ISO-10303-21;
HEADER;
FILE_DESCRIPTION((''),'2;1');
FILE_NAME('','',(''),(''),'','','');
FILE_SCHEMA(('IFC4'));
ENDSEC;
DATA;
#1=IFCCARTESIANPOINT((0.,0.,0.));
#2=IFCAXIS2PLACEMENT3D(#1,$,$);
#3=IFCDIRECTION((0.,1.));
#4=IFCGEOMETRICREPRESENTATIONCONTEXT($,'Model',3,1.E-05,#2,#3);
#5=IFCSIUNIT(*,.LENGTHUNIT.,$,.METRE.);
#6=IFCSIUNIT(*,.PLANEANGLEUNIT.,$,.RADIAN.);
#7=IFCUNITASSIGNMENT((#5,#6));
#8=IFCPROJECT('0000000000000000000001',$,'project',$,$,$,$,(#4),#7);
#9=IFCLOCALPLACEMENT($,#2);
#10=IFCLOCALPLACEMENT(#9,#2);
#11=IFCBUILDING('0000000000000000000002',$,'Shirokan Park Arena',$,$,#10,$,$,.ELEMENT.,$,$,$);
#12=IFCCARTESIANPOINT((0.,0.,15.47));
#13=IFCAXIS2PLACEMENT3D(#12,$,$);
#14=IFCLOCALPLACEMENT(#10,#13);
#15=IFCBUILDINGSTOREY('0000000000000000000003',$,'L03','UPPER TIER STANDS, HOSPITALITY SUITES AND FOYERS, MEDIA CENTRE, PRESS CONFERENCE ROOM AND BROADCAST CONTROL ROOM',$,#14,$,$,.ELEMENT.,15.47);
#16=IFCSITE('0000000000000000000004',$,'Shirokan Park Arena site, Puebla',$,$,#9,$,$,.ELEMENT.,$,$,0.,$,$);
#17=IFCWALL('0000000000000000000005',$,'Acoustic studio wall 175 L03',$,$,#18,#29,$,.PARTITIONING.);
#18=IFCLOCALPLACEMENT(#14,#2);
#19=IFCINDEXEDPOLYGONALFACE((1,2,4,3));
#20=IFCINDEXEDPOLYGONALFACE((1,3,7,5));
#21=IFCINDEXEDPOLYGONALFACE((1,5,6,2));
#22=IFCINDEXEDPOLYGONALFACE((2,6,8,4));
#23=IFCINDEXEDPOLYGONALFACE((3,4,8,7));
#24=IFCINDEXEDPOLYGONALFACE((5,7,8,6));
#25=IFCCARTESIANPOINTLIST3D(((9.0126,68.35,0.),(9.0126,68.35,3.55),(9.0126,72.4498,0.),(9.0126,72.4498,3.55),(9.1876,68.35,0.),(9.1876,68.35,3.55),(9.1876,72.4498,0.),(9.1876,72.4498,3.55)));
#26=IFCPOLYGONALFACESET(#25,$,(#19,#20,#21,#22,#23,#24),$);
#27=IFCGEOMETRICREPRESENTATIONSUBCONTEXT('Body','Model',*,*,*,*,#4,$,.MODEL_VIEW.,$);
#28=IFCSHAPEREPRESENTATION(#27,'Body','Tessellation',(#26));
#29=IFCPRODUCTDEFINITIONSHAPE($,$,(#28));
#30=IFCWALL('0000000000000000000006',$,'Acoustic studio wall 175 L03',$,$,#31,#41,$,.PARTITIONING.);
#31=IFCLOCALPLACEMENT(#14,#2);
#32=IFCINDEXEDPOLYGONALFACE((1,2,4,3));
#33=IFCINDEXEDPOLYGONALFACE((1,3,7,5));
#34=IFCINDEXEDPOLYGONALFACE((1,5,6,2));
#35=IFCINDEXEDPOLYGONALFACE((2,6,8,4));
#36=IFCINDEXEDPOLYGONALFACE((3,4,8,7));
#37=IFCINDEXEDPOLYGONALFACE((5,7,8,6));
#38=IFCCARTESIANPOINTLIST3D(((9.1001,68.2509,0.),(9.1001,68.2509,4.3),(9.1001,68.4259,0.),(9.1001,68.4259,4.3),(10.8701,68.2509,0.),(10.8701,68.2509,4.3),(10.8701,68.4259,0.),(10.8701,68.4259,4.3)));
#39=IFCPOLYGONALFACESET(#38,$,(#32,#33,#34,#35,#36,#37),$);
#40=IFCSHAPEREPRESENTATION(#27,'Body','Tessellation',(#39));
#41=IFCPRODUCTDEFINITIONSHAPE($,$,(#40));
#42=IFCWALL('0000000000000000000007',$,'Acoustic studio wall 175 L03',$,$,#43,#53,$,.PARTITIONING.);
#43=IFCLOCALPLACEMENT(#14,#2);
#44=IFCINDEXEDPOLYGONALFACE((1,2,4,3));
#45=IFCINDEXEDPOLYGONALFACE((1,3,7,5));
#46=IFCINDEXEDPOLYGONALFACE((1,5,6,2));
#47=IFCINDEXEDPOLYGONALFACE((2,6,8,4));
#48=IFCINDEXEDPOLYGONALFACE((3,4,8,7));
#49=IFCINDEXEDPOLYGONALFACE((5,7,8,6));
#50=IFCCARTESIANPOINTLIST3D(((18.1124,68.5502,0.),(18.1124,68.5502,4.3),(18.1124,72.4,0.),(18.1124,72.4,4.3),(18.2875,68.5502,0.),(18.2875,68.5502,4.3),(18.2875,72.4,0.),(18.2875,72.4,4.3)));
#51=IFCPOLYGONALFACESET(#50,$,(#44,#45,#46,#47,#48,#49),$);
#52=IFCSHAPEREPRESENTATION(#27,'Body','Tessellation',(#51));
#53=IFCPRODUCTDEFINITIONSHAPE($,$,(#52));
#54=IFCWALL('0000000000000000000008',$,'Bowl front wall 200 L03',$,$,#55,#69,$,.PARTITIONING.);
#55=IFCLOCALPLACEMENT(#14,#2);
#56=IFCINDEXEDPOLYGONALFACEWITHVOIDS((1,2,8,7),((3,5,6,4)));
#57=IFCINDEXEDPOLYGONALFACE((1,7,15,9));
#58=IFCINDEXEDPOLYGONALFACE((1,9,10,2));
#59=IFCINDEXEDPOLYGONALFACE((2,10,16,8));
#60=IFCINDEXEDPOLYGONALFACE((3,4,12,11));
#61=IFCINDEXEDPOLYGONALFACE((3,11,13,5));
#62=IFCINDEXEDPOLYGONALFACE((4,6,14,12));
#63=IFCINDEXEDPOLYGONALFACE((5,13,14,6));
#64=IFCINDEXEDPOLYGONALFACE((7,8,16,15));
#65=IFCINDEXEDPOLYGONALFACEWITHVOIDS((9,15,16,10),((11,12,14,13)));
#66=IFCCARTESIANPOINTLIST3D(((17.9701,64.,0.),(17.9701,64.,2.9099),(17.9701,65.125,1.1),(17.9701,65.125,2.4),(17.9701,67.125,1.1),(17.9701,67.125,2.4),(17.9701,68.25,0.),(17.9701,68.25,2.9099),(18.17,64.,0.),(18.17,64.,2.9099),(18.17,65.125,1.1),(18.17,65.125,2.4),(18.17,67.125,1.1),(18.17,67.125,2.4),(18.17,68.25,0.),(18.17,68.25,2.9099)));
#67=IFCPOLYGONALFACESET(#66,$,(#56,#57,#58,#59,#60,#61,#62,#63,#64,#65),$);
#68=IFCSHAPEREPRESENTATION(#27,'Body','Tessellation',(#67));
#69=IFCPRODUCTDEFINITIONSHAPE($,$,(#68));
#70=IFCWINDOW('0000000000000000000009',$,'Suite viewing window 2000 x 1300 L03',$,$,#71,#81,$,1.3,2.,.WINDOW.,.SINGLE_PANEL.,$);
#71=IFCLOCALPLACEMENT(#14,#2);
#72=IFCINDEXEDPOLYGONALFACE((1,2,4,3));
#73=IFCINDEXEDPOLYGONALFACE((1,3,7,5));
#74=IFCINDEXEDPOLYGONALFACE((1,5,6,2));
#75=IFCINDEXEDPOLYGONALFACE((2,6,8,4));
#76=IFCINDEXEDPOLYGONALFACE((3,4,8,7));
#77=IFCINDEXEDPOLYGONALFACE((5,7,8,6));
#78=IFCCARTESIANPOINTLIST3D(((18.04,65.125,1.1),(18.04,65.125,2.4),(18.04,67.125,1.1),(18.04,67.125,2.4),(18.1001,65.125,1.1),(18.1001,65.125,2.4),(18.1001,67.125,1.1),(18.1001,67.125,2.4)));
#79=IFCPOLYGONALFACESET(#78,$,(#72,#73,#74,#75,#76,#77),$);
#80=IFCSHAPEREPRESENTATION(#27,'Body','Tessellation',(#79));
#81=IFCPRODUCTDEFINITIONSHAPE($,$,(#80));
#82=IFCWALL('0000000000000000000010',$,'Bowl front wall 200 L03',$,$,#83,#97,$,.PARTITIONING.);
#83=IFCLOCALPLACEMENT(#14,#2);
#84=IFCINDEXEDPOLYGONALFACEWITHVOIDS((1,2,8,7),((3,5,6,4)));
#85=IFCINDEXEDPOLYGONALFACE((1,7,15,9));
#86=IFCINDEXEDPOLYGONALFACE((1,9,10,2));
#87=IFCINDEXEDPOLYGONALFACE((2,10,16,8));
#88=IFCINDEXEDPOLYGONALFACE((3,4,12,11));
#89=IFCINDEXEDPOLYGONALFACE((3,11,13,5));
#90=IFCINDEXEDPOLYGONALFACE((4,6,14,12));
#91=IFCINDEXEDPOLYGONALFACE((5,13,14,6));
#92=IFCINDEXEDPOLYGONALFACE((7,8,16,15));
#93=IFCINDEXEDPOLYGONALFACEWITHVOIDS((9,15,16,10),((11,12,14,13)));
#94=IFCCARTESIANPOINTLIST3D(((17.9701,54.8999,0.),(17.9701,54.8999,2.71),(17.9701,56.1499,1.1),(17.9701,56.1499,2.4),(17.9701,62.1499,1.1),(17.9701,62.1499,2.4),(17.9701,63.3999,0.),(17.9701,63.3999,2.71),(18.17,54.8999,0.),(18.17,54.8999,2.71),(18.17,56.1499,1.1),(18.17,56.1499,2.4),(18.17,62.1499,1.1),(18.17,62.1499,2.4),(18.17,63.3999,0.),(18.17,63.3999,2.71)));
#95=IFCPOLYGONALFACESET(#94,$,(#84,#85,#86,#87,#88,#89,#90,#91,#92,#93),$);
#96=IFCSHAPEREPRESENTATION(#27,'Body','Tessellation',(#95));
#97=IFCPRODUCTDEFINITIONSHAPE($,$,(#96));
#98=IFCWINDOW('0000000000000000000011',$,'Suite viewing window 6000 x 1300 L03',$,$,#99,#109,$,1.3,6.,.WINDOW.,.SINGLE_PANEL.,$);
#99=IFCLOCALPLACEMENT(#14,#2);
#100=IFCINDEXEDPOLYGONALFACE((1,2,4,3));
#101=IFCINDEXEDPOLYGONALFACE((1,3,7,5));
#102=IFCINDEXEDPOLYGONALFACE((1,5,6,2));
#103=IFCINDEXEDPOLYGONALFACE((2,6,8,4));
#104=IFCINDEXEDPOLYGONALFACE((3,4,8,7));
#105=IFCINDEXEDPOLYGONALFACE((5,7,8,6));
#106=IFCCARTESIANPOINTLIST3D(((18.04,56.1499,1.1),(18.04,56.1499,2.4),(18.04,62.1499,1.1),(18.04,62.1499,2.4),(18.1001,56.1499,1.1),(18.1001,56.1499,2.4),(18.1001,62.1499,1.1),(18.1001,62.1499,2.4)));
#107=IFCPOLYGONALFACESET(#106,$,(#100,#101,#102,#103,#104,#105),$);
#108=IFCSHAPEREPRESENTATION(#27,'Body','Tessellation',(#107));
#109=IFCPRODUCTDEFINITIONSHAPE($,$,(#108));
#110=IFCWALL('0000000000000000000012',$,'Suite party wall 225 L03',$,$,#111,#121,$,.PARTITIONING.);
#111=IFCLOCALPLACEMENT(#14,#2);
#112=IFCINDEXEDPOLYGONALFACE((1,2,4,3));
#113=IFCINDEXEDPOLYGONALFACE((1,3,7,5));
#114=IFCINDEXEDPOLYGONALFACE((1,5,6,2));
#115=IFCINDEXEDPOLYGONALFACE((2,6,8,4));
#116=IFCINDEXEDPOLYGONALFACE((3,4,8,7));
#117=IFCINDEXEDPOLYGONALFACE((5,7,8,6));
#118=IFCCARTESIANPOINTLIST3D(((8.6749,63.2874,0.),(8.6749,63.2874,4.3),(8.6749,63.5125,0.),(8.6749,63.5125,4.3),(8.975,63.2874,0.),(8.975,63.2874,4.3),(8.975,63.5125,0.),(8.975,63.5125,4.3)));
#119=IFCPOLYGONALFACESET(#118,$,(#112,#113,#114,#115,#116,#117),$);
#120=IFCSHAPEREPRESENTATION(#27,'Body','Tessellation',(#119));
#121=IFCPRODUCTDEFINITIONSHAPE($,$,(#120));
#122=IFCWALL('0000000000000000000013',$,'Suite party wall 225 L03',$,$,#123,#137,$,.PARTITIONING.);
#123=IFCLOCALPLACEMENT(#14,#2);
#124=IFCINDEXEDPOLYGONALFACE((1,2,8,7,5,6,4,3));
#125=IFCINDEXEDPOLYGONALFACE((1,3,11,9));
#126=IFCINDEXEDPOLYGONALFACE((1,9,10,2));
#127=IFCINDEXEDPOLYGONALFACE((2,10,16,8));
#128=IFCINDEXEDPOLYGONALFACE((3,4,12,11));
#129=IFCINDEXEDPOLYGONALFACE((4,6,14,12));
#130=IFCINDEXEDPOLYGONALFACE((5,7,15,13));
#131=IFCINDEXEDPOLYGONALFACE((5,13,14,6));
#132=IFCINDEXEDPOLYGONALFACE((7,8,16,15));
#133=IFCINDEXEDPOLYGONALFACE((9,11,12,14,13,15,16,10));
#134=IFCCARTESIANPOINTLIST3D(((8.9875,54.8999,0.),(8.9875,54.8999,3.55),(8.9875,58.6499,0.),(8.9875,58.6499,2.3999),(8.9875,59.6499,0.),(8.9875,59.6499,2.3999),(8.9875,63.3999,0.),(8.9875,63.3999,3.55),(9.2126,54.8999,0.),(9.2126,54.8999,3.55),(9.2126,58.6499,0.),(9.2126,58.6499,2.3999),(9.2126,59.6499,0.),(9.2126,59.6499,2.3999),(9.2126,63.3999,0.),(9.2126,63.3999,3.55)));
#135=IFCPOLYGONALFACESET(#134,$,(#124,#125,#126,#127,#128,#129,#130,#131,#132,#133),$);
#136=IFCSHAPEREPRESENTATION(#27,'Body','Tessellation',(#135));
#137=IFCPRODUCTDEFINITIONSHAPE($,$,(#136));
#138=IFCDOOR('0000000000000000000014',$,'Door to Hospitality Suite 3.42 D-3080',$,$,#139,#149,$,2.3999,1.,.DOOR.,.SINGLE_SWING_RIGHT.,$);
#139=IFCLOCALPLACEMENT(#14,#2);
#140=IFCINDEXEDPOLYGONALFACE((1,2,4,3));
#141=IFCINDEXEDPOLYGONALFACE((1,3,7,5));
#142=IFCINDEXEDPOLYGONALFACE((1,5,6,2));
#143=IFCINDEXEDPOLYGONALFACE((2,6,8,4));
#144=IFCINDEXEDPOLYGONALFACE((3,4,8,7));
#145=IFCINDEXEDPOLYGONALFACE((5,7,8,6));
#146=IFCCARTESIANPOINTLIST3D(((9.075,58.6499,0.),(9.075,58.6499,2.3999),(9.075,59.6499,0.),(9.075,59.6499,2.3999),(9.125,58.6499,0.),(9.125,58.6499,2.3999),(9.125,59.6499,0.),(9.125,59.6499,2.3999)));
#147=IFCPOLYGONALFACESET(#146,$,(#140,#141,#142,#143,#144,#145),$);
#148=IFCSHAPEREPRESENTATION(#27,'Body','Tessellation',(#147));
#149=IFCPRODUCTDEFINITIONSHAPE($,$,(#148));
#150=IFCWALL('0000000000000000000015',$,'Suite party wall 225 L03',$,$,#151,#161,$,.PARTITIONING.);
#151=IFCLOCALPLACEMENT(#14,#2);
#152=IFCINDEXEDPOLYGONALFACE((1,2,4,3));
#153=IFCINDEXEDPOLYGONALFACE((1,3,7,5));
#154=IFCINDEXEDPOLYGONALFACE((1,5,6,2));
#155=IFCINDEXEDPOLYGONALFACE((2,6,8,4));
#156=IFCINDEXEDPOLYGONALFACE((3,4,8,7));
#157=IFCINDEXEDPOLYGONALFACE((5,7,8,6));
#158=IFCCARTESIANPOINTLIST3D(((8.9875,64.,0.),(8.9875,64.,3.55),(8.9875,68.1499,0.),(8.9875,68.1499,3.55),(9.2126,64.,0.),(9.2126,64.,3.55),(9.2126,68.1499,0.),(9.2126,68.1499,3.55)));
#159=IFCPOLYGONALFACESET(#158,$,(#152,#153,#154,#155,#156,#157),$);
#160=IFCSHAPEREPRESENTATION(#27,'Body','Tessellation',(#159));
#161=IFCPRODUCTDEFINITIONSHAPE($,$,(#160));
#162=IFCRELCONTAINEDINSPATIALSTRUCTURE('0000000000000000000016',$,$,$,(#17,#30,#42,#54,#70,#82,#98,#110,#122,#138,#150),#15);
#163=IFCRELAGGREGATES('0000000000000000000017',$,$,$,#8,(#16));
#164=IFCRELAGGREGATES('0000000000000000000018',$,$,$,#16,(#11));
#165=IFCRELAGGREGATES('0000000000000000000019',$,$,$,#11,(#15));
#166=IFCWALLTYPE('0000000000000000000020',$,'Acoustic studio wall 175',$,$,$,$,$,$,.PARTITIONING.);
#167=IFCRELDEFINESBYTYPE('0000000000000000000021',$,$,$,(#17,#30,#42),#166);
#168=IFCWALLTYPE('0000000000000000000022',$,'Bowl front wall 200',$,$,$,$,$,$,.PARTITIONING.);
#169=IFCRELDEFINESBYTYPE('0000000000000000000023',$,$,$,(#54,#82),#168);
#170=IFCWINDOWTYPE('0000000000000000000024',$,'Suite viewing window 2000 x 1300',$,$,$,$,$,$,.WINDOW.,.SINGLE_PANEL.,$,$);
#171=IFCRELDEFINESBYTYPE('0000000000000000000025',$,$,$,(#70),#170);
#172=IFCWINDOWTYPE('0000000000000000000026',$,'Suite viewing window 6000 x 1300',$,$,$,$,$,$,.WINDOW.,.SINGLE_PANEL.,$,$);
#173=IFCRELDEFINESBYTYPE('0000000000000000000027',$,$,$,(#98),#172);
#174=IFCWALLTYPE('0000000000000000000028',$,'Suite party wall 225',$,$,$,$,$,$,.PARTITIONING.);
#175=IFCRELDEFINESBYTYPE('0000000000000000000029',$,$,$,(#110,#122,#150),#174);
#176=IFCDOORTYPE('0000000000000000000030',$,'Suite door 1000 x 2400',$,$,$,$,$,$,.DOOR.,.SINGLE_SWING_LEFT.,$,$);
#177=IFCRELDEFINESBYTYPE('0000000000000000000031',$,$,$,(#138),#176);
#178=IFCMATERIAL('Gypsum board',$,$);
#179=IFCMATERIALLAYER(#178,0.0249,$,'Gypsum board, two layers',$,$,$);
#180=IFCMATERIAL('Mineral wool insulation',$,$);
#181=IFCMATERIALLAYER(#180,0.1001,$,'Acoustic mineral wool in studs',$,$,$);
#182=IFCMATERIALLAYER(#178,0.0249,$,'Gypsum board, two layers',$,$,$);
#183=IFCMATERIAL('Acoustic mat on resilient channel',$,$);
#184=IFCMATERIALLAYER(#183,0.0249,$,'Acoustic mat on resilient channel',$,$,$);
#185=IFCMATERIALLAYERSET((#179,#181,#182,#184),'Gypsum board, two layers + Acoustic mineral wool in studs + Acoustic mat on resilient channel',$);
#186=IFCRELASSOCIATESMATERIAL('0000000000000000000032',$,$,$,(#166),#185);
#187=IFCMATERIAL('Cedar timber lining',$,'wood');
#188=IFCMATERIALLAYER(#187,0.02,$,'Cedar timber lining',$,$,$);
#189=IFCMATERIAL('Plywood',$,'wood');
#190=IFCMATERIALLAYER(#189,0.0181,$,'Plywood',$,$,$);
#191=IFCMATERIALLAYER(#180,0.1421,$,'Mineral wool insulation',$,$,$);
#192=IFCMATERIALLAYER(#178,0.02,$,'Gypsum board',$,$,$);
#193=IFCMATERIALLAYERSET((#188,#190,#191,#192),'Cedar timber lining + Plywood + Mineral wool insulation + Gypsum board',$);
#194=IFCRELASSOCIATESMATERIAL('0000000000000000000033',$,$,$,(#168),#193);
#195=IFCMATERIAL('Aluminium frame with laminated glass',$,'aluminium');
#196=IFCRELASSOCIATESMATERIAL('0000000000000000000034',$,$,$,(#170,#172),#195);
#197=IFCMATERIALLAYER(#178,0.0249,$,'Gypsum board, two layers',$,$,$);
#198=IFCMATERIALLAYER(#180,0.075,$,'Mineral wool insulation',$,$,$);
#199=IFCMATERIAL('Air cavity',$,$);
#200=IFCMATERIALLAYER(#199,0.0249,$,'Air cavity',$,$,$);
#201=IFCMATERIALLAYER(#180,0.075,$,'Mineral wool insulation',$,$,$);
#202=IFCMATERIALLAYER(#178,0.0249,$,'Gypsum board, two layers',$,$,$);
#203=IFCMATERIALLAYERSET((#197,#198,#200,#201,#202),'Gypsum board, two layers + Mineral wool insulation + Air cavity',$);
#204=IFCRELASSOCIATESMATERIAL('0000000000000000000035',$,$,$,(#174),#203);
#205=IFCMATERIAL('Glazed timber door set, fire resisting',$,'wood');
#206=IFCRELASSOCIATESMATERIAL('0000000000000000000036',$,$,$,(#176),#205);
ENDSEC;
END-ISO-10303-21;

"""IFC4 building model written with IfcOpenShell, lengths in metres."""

from ifc_helpers import new_model, si_unit, direction, frame, frame_2d, origin, place, context, subcontext, project, spatial, rectangle, extrude, material, layer, layer_set, type_object, element, fill, save


model = new_model("IFC4")

# Units and contexts
model_context = context("Model", 3, precision=1e-05, world=origin(), true_north=direction((0.0, 1.0)))
body_context = subcontext(model_context, "Body", "Model", "MODEL_VIEW")
ifc_project = project(units=[si_unit("LENGTHUNIT", "METRE"), si_unit("PLANEANGLEUNIT", "RADIAN")], contexts=[model_context])

# Site, building, storey
site_placement = place(None, origin())
site = spatial("IfcSite", under=ifc_project, at=site_placement, Name="Shirokan Park Arena site, Puebla", CompositionType="ELEMENT", RefElevation=0.0)
building_placement = place(site_placement, origin())
building = spatial("IfcBuilding", under=site, at=building_placement, Name="Shirokan Park Arena", CompositionType="ELEMENT")
storey_placement = place(building_placement, frame((0.0, 0.0, 15.47)))
storey = spatial("IfcBuildingStorey", under=building, at=storey_placement, Name="L03", Description="UPPER TIER STANDS, HOSPITALITY SUITES AND FOYERS, MEDIA CENTRE, PRESS CONFERENCE ROOM AND BROADCAST CONTROL ROOM", CompositionType="ELEMENT", Elevation=15.47)

# Walls
ifc_material_1 = material(Name="Gypsum board")
ifc_layer_1 = layer(ifc_material_1, 0.0249, Name="Gypsum board, two layers")
ifc_material_2 = material(Name="Mineral wool insulation")
ifc_layer_2 = layer(ifc_material_2, 0.1001, Name="Acoustic mineral wool in studs")
ifc_layer_3 = layer(ifc_material_1, 0.0249, Name="Gypsum board, two layers")
ifc_material_3 = material(Name="Acoustic mat on resilient channel")
ifc_layer_4 = layer(ifc_material_3, 0.0249, Name="Acoustic mat on resilient channel")
ifc_layer_set_1 = layer_set([ifc_layer_1, ifc_layer_2, ifc_layer_3, ifc_layer_4], Name="Gypsum board, two layers + Acoustic mineral wool in studs + Acoustic mat on resilient channel")
wall_type_1 = type_object("IfcWallType", Name="Acoustic studio wall 175", PredefinedType="PARTITIONING", material=ifc_layer_set_1)
wall_1_placement = place(storey_placement, frame((9.1001, 68.3501, 0.0), z_axis=(0.0, 0.0, 1.0), x_axis=(0.0, 1.0, 0.0)))
element("IfcWall", 1, at=wall_1_placement, inside=storey, type_object=wall_type_1, Name="Acoustic studio wall 175 L03", PredefinedType="PARTITIONING", context=body_context, shape_type="SweptSolid", body=[
    extrude(rectangle(XDim=4.0999, YDim=0.175, at=frame_2d((2.0498, 0.0))), origin(), (0.0, 0.0, 1.0), 3.55),
])
wall_2_placement = place(storey_placement, frame((10.8701, 68.3384, 0.0), z_axis=(0.0, 0.0, 1.0), x_axis=(-1.0, 0.0, 0.0)))
element("IfcWall", 2, at=wall_2_placement, inside=storey, type_object=wall_type_1, Name="Acoustic studio wall 175 L03", PredefinedType="PARTITIONING", context=body_context, shape_type="SweptSolid", body=[
    extrude(rectangle(XDim=1.77, YDim=0.175, at=frame_2d((0.885, 0.0))), origin(), (0.0, 0.0, 1.0), 4.3),
])
wall_3_placement = place(storey_placement, frame((18.2, 72.3999, 0.0), z_axis=(0.0, 0.0, 1.0), x_axis=(0.0, -1.0, 0.0)))
element("IfcWall", 3, at=wall_3_placement, inside=storey, type_object=wall_type_1, Name="Acoustic studio wall 175 L03", PredefinedType="PARTITIONING", context=body_context, shape_type="SweptSolid", body=[
    extrude(rectangle(XDim=3.8499, YDim=0.175, at=frame_2d((1.9248, 0.0))), origin(), (0.0, 0.0, 1.0), 4.3),
])

# Walls, openings, windows
ifc_material_4 = material(Name="Cedar timber lining", Category="wood")
ifc_layer_5 = layer(ifc_material_4, 0.02, Name="Cedar timber lining")
ifc_material_5 = material(Name="Plywood", Category="wood")
ifc_layer_6 = layer(ifc_material_5, 0.0181, Name="Plywood")
ifc_layer_7 = layer(ifc_material_2, 0.1421, Name="Mineral wool insulation")
ifc_layer_8 = layer(ifc_material_1, 0.02, Name="Gypsum board")
ifc_layer_set_2 = layer_set([ifc_layer_5, ifc_layer_6, ifc_layer_7, ifc_layer_8], Name="Cedar timber lining + Plywood + Mineral wool insulation + Gypsum board")
wall_type_2 = type_object("IfcWallType", Name="Bowl front wall 200", PredefinedType="PARTITIONING", material=ifc_layer_set_2)
wall_4_placement = place(storey_placement, frame((18.0701, 68.25, 0.0), z_axis=(0.0, 0.0, 1.0), x_axis=(0.0, -1.0, 0.0)))
wall_4 = element("IfcWall", 4, at=wall_4_placement, inside=storey, type_object=wall_type_2, Name="Bowl front wall 200 L03", PredefinedType="PARTITIONING", context=body_context, shape_type="SweptSolid", body=[
    extrude(rectangle(XDim=4.25, YDim=0.2, at=frame_2d((2.125, 0.0))), origin(), (0.0, 0.0, 1.0), 2.9099),
])
opening_1_placement = place(wall_4_placement, frame((1.125, 0.0, 1.1001)))
opening_1 = element("IfcOpeningElement", 5, at=opening_1_placement, cuts=wall_4, PredefinedType="OPENING", context=body_context, shape_type="SweptSolid", body=[
    extrude(rectangle(XDim=2.0, YDim=1.3, at=frame_2d((1.0, 0.6499))), frame((0.0, 0.1099, 0.0), z_axis=(0.0, -1.0, 0.0), x_axis=(1.0, 0.0, 0.0)), (0.0, 0.0, 1.0), 0.22),
])
ifc_material_6 = material(Name="Aluminium frame with laminated glass", Category="aluminium")
window_type_1 = type_object("IfcWindowType", Name="Suite viewing window 2000 x 1300", PartitioningType="SINGLE_PANEL", PredefinedType="WINDOW", material=ifc_material_6)
window_1_placement = place(opening_1_placement, origin())
window_1 = element("IfcWindow", 6, at=window_1_placement, inside=storey, type_object=window_type_1, Name="Suite viewing window 2000 x 1300 L03", OverallHeight=1.3, OverallWidth=2.0, PartitioningType="SINGLE_PANEL", PredefinedType="WINDOW", context=body_context, shape_type="SweptSolid", body=[
    extrude(rectangle(XDim=2.0, YDim=1.3, at=frame_2d((1.0, 0.6499))), frame((0.0, 0.03, 0.0), z_axis=(0.0, -1.0, 0.0), x_axis=(1.0, 0.0, 0.0)), (0.0, 0.0, 1.0), 0.0601),
])
fill(opening_1, window_1)
wall_5_placement = place(storey_placement, frame((18.0701, 63.3999, 0.0), z_axis=(0.0, 0.0, 1.0), x_axis=(0.0, -1.0, 0.0)))
wall_5 = element("IfcWall", 7, at=wall_5_placement, inside=storey, type_object=wall_type_2, Name="Bowl front wall 200 L03", PredefinedType="PARTITIONING", context=body_context, shape_type="SweptSolid", body=[
    extrude(rectangle(XDim=8.5, YDim=0.2, at=frame_2d((4.25, 0.0))), origin(), (0.0, 0.0, 1.0), 2.71),
])
opening_2_placement = place(wall_5_placement, frame((1.25, 0.0, 1.1001)))
opening_2 = element("IfcOpeningElement", 8, at=opening_2_placement, cuts=wall_5, PredefinedType="OPENING", context=body_context, shape_type="SweptSolid", body=[
    extrude(rectangle(XDim=6.0, YDim=1.3, at=frame_2d((3.0, 0.6499))), frame((0.0, 0.1099, 0.0), z_axis=(0.0, -1.0, 0.0), x_axis=(1.0, 0.0, 0.0)), (0.0, 0.0, 1.0), 0.22),
])
window_type_2 = type_object("IfcWindowType", Name="Suite viewing window 6000 x 1300", PartitioningType="SINGLE_PANEL", PredefinedType="WINDOW", material=ifc_material_6)
window_2_placement = place(opening_2_placement, origin())
window_2 = element("IfcWindow", 9, at=window_2_placement, inside=storey, type_object=window_type_2, Name="Suite viewing window 6000 x 1300 L03", OverallHeight=1.3, OverallWidth=6.0, PartitioningType="SINGLE_PANEL", PredefinedType="WINDOW", context=body_context, shape_type="SweptSolid", body=[
    extrude(rectangle(XDim=6.0, YDim=1.3, at=frame_2d((3.0, 0.6499))), frame((0.0, 0.03, 0.0), z_axis=(0.0, -1.0, 0.0), x_axis=(1.0, 0.0, 0.0)), (0.0, 0.0, 1.0), 0.0601),
])
fill(opening_2, window_2)

# Wall
ifc_layer_9 = layer(ifc_material_1, 0.0249, Name="Gypsum board, two layers")
ifc_layer_10 = layer(ifc_material_2, 0.075, Name="Mineral wool insulation")
ifc_material_7 = material(Name="Air cavity")
ifc_layer_11 = layer(ifc_material_7, 0.0249, Name="Air cavity")
ifc_layer_12 = layer(ifc_material_2, 0.075, Name="Mineral wool insulation")
ifc_layer_13 = layer(ifc_material_1, 0.0249, Name="Gypsum board, two layers")
ifc_layer_set_3 = layer_set([ifc_layer_9, ifc_layer_10, ifc_layer_11, ifc_layer_12, ifc_layer_13], Name="Gypsum board, two layers + Mineral wool insulation + Air cavity")
wall_type_3 = type_object("IfcWallType", Name="Suite party wall 225", PredefinedType="PARTITIONING", material=ifc_layer_set_3)
wall_6_placement = place(storey_placement, frame((8.675, 63.3999, 0.0), z_axis=(0.0, 0.0, 1.0), x_axis=(1.0, 0.0, 0.0)))
element("IfcWall", 10, at=wall_6_placement, inside=storey, type_object=wall_type_3, Name="Suite party wall 225 L03", PredefinedType="PARTITIONING", context=body_context, shape_type="SweptSolid", body=[
    extrude(rectangle(XDim=0.3, YDim=0.2251, at=frame_2d((0.1499, 0.0))), origin(), (0.0, 0.0, 1.0), 4.3),
])

# Wall, opening, door
wall_7_placement = place(storey_placement, frame((9.1001, 63.3999, 0.0), z_axis=(0.0, 0.0, 1.0), x_axis=(0.0, -1.0, 0.0)))
wall_7 = element("IfcWall", 11, at=wall_7_placement, inside=storey, type_object=wall_type_3, Name="Suite party wall 225 L03", PredefinedType="PARTITIONING", context=body_context, shape_type="SweptSolid", body=[
    extrude(rectangle(XDim=8.5, YDim=0.2251, at=frame_2d((4.25, 0.0))), origin(), (0.0, 0.0, 1.0), 3.55),
])
opening_3_placement = place(wall_7_placement, frame((3.75, 0.0, 0.0)))
opening_3 = element("IfcOpeningElement", 12, at=opening_3_placement, cuts=wall_7, PredefinedType="OPENING", context=body_context, shape_type="SweptSolid", body=[
    extrude(rectangle(XDim=1.0, YDim=2.3999, at=frame_2d((0.5, 1.2))), frame((0.0, 0.1226, 0.0), z_axis=(0.0, -1.0, 0.0), x_axis=(1.0, 0.0, 0.0)), (0.0, 0.0, 1.0), 0.2451),
])
ifc_material_8 = material(Name="Glazed timber door set, fire resisting", Category="wood")
door_type_1 = type_object("IfcDoorType", Name="Suite door 1000 x 2400", OperationType="SINGLE_SWING_LEFT", PredefinedType="DOOR", material=ifc_material_8)
door_1_placement = place(opening_3_placement, origin())
door_1 = element("IfcDoor", 13, at=door_1_placement, inside=storey, type_object=door_type_1, Name="Door to Hospitality Suite 3.42 D-3080", OperationType="SINGLE_SWING_RIGHT", OverallHeight=2.3999, OverallWidth=1.0, PredefinedType="DOOR", context=body_context, shape_type="SweptSolid", body=[
    extrude(rectangle(XDim=1.0, YDim=2.3999, at=frame_2d((0.5, 1.2))), frame((0.0, 0.0249, 0.0), z_axis=(0.0, -1.0, 0.0), x_axis=(1.0, 0.0, 0.0)), (0.0, 0.0, 1.0), 0.05),
])
fill(opening_3, door_1)

# Wall
wall_8_placement = place(storey_placement, frame((9.1001, 68.1499, 0.0), z_axis=(0.0, 0.0, 1.0), x_axis=(0.0, -1.0, 0.0)))
element("IfcWall", 14, at=wall_8_placement, inside=storey, type_object=wall_type_3, Name="Suite party wall 225 L03", PredefinedType="PARTITIONING", context=body_context, shape_type="SweptSolid", body=[
    extrude(rectangle(XDim=4.1499, YDim=0.2251, at=frame_2d((2.075, 0.0))), origin(), (0.0, 0.0, 1.0), 3.55),
])

save(model, "model.ifc")
